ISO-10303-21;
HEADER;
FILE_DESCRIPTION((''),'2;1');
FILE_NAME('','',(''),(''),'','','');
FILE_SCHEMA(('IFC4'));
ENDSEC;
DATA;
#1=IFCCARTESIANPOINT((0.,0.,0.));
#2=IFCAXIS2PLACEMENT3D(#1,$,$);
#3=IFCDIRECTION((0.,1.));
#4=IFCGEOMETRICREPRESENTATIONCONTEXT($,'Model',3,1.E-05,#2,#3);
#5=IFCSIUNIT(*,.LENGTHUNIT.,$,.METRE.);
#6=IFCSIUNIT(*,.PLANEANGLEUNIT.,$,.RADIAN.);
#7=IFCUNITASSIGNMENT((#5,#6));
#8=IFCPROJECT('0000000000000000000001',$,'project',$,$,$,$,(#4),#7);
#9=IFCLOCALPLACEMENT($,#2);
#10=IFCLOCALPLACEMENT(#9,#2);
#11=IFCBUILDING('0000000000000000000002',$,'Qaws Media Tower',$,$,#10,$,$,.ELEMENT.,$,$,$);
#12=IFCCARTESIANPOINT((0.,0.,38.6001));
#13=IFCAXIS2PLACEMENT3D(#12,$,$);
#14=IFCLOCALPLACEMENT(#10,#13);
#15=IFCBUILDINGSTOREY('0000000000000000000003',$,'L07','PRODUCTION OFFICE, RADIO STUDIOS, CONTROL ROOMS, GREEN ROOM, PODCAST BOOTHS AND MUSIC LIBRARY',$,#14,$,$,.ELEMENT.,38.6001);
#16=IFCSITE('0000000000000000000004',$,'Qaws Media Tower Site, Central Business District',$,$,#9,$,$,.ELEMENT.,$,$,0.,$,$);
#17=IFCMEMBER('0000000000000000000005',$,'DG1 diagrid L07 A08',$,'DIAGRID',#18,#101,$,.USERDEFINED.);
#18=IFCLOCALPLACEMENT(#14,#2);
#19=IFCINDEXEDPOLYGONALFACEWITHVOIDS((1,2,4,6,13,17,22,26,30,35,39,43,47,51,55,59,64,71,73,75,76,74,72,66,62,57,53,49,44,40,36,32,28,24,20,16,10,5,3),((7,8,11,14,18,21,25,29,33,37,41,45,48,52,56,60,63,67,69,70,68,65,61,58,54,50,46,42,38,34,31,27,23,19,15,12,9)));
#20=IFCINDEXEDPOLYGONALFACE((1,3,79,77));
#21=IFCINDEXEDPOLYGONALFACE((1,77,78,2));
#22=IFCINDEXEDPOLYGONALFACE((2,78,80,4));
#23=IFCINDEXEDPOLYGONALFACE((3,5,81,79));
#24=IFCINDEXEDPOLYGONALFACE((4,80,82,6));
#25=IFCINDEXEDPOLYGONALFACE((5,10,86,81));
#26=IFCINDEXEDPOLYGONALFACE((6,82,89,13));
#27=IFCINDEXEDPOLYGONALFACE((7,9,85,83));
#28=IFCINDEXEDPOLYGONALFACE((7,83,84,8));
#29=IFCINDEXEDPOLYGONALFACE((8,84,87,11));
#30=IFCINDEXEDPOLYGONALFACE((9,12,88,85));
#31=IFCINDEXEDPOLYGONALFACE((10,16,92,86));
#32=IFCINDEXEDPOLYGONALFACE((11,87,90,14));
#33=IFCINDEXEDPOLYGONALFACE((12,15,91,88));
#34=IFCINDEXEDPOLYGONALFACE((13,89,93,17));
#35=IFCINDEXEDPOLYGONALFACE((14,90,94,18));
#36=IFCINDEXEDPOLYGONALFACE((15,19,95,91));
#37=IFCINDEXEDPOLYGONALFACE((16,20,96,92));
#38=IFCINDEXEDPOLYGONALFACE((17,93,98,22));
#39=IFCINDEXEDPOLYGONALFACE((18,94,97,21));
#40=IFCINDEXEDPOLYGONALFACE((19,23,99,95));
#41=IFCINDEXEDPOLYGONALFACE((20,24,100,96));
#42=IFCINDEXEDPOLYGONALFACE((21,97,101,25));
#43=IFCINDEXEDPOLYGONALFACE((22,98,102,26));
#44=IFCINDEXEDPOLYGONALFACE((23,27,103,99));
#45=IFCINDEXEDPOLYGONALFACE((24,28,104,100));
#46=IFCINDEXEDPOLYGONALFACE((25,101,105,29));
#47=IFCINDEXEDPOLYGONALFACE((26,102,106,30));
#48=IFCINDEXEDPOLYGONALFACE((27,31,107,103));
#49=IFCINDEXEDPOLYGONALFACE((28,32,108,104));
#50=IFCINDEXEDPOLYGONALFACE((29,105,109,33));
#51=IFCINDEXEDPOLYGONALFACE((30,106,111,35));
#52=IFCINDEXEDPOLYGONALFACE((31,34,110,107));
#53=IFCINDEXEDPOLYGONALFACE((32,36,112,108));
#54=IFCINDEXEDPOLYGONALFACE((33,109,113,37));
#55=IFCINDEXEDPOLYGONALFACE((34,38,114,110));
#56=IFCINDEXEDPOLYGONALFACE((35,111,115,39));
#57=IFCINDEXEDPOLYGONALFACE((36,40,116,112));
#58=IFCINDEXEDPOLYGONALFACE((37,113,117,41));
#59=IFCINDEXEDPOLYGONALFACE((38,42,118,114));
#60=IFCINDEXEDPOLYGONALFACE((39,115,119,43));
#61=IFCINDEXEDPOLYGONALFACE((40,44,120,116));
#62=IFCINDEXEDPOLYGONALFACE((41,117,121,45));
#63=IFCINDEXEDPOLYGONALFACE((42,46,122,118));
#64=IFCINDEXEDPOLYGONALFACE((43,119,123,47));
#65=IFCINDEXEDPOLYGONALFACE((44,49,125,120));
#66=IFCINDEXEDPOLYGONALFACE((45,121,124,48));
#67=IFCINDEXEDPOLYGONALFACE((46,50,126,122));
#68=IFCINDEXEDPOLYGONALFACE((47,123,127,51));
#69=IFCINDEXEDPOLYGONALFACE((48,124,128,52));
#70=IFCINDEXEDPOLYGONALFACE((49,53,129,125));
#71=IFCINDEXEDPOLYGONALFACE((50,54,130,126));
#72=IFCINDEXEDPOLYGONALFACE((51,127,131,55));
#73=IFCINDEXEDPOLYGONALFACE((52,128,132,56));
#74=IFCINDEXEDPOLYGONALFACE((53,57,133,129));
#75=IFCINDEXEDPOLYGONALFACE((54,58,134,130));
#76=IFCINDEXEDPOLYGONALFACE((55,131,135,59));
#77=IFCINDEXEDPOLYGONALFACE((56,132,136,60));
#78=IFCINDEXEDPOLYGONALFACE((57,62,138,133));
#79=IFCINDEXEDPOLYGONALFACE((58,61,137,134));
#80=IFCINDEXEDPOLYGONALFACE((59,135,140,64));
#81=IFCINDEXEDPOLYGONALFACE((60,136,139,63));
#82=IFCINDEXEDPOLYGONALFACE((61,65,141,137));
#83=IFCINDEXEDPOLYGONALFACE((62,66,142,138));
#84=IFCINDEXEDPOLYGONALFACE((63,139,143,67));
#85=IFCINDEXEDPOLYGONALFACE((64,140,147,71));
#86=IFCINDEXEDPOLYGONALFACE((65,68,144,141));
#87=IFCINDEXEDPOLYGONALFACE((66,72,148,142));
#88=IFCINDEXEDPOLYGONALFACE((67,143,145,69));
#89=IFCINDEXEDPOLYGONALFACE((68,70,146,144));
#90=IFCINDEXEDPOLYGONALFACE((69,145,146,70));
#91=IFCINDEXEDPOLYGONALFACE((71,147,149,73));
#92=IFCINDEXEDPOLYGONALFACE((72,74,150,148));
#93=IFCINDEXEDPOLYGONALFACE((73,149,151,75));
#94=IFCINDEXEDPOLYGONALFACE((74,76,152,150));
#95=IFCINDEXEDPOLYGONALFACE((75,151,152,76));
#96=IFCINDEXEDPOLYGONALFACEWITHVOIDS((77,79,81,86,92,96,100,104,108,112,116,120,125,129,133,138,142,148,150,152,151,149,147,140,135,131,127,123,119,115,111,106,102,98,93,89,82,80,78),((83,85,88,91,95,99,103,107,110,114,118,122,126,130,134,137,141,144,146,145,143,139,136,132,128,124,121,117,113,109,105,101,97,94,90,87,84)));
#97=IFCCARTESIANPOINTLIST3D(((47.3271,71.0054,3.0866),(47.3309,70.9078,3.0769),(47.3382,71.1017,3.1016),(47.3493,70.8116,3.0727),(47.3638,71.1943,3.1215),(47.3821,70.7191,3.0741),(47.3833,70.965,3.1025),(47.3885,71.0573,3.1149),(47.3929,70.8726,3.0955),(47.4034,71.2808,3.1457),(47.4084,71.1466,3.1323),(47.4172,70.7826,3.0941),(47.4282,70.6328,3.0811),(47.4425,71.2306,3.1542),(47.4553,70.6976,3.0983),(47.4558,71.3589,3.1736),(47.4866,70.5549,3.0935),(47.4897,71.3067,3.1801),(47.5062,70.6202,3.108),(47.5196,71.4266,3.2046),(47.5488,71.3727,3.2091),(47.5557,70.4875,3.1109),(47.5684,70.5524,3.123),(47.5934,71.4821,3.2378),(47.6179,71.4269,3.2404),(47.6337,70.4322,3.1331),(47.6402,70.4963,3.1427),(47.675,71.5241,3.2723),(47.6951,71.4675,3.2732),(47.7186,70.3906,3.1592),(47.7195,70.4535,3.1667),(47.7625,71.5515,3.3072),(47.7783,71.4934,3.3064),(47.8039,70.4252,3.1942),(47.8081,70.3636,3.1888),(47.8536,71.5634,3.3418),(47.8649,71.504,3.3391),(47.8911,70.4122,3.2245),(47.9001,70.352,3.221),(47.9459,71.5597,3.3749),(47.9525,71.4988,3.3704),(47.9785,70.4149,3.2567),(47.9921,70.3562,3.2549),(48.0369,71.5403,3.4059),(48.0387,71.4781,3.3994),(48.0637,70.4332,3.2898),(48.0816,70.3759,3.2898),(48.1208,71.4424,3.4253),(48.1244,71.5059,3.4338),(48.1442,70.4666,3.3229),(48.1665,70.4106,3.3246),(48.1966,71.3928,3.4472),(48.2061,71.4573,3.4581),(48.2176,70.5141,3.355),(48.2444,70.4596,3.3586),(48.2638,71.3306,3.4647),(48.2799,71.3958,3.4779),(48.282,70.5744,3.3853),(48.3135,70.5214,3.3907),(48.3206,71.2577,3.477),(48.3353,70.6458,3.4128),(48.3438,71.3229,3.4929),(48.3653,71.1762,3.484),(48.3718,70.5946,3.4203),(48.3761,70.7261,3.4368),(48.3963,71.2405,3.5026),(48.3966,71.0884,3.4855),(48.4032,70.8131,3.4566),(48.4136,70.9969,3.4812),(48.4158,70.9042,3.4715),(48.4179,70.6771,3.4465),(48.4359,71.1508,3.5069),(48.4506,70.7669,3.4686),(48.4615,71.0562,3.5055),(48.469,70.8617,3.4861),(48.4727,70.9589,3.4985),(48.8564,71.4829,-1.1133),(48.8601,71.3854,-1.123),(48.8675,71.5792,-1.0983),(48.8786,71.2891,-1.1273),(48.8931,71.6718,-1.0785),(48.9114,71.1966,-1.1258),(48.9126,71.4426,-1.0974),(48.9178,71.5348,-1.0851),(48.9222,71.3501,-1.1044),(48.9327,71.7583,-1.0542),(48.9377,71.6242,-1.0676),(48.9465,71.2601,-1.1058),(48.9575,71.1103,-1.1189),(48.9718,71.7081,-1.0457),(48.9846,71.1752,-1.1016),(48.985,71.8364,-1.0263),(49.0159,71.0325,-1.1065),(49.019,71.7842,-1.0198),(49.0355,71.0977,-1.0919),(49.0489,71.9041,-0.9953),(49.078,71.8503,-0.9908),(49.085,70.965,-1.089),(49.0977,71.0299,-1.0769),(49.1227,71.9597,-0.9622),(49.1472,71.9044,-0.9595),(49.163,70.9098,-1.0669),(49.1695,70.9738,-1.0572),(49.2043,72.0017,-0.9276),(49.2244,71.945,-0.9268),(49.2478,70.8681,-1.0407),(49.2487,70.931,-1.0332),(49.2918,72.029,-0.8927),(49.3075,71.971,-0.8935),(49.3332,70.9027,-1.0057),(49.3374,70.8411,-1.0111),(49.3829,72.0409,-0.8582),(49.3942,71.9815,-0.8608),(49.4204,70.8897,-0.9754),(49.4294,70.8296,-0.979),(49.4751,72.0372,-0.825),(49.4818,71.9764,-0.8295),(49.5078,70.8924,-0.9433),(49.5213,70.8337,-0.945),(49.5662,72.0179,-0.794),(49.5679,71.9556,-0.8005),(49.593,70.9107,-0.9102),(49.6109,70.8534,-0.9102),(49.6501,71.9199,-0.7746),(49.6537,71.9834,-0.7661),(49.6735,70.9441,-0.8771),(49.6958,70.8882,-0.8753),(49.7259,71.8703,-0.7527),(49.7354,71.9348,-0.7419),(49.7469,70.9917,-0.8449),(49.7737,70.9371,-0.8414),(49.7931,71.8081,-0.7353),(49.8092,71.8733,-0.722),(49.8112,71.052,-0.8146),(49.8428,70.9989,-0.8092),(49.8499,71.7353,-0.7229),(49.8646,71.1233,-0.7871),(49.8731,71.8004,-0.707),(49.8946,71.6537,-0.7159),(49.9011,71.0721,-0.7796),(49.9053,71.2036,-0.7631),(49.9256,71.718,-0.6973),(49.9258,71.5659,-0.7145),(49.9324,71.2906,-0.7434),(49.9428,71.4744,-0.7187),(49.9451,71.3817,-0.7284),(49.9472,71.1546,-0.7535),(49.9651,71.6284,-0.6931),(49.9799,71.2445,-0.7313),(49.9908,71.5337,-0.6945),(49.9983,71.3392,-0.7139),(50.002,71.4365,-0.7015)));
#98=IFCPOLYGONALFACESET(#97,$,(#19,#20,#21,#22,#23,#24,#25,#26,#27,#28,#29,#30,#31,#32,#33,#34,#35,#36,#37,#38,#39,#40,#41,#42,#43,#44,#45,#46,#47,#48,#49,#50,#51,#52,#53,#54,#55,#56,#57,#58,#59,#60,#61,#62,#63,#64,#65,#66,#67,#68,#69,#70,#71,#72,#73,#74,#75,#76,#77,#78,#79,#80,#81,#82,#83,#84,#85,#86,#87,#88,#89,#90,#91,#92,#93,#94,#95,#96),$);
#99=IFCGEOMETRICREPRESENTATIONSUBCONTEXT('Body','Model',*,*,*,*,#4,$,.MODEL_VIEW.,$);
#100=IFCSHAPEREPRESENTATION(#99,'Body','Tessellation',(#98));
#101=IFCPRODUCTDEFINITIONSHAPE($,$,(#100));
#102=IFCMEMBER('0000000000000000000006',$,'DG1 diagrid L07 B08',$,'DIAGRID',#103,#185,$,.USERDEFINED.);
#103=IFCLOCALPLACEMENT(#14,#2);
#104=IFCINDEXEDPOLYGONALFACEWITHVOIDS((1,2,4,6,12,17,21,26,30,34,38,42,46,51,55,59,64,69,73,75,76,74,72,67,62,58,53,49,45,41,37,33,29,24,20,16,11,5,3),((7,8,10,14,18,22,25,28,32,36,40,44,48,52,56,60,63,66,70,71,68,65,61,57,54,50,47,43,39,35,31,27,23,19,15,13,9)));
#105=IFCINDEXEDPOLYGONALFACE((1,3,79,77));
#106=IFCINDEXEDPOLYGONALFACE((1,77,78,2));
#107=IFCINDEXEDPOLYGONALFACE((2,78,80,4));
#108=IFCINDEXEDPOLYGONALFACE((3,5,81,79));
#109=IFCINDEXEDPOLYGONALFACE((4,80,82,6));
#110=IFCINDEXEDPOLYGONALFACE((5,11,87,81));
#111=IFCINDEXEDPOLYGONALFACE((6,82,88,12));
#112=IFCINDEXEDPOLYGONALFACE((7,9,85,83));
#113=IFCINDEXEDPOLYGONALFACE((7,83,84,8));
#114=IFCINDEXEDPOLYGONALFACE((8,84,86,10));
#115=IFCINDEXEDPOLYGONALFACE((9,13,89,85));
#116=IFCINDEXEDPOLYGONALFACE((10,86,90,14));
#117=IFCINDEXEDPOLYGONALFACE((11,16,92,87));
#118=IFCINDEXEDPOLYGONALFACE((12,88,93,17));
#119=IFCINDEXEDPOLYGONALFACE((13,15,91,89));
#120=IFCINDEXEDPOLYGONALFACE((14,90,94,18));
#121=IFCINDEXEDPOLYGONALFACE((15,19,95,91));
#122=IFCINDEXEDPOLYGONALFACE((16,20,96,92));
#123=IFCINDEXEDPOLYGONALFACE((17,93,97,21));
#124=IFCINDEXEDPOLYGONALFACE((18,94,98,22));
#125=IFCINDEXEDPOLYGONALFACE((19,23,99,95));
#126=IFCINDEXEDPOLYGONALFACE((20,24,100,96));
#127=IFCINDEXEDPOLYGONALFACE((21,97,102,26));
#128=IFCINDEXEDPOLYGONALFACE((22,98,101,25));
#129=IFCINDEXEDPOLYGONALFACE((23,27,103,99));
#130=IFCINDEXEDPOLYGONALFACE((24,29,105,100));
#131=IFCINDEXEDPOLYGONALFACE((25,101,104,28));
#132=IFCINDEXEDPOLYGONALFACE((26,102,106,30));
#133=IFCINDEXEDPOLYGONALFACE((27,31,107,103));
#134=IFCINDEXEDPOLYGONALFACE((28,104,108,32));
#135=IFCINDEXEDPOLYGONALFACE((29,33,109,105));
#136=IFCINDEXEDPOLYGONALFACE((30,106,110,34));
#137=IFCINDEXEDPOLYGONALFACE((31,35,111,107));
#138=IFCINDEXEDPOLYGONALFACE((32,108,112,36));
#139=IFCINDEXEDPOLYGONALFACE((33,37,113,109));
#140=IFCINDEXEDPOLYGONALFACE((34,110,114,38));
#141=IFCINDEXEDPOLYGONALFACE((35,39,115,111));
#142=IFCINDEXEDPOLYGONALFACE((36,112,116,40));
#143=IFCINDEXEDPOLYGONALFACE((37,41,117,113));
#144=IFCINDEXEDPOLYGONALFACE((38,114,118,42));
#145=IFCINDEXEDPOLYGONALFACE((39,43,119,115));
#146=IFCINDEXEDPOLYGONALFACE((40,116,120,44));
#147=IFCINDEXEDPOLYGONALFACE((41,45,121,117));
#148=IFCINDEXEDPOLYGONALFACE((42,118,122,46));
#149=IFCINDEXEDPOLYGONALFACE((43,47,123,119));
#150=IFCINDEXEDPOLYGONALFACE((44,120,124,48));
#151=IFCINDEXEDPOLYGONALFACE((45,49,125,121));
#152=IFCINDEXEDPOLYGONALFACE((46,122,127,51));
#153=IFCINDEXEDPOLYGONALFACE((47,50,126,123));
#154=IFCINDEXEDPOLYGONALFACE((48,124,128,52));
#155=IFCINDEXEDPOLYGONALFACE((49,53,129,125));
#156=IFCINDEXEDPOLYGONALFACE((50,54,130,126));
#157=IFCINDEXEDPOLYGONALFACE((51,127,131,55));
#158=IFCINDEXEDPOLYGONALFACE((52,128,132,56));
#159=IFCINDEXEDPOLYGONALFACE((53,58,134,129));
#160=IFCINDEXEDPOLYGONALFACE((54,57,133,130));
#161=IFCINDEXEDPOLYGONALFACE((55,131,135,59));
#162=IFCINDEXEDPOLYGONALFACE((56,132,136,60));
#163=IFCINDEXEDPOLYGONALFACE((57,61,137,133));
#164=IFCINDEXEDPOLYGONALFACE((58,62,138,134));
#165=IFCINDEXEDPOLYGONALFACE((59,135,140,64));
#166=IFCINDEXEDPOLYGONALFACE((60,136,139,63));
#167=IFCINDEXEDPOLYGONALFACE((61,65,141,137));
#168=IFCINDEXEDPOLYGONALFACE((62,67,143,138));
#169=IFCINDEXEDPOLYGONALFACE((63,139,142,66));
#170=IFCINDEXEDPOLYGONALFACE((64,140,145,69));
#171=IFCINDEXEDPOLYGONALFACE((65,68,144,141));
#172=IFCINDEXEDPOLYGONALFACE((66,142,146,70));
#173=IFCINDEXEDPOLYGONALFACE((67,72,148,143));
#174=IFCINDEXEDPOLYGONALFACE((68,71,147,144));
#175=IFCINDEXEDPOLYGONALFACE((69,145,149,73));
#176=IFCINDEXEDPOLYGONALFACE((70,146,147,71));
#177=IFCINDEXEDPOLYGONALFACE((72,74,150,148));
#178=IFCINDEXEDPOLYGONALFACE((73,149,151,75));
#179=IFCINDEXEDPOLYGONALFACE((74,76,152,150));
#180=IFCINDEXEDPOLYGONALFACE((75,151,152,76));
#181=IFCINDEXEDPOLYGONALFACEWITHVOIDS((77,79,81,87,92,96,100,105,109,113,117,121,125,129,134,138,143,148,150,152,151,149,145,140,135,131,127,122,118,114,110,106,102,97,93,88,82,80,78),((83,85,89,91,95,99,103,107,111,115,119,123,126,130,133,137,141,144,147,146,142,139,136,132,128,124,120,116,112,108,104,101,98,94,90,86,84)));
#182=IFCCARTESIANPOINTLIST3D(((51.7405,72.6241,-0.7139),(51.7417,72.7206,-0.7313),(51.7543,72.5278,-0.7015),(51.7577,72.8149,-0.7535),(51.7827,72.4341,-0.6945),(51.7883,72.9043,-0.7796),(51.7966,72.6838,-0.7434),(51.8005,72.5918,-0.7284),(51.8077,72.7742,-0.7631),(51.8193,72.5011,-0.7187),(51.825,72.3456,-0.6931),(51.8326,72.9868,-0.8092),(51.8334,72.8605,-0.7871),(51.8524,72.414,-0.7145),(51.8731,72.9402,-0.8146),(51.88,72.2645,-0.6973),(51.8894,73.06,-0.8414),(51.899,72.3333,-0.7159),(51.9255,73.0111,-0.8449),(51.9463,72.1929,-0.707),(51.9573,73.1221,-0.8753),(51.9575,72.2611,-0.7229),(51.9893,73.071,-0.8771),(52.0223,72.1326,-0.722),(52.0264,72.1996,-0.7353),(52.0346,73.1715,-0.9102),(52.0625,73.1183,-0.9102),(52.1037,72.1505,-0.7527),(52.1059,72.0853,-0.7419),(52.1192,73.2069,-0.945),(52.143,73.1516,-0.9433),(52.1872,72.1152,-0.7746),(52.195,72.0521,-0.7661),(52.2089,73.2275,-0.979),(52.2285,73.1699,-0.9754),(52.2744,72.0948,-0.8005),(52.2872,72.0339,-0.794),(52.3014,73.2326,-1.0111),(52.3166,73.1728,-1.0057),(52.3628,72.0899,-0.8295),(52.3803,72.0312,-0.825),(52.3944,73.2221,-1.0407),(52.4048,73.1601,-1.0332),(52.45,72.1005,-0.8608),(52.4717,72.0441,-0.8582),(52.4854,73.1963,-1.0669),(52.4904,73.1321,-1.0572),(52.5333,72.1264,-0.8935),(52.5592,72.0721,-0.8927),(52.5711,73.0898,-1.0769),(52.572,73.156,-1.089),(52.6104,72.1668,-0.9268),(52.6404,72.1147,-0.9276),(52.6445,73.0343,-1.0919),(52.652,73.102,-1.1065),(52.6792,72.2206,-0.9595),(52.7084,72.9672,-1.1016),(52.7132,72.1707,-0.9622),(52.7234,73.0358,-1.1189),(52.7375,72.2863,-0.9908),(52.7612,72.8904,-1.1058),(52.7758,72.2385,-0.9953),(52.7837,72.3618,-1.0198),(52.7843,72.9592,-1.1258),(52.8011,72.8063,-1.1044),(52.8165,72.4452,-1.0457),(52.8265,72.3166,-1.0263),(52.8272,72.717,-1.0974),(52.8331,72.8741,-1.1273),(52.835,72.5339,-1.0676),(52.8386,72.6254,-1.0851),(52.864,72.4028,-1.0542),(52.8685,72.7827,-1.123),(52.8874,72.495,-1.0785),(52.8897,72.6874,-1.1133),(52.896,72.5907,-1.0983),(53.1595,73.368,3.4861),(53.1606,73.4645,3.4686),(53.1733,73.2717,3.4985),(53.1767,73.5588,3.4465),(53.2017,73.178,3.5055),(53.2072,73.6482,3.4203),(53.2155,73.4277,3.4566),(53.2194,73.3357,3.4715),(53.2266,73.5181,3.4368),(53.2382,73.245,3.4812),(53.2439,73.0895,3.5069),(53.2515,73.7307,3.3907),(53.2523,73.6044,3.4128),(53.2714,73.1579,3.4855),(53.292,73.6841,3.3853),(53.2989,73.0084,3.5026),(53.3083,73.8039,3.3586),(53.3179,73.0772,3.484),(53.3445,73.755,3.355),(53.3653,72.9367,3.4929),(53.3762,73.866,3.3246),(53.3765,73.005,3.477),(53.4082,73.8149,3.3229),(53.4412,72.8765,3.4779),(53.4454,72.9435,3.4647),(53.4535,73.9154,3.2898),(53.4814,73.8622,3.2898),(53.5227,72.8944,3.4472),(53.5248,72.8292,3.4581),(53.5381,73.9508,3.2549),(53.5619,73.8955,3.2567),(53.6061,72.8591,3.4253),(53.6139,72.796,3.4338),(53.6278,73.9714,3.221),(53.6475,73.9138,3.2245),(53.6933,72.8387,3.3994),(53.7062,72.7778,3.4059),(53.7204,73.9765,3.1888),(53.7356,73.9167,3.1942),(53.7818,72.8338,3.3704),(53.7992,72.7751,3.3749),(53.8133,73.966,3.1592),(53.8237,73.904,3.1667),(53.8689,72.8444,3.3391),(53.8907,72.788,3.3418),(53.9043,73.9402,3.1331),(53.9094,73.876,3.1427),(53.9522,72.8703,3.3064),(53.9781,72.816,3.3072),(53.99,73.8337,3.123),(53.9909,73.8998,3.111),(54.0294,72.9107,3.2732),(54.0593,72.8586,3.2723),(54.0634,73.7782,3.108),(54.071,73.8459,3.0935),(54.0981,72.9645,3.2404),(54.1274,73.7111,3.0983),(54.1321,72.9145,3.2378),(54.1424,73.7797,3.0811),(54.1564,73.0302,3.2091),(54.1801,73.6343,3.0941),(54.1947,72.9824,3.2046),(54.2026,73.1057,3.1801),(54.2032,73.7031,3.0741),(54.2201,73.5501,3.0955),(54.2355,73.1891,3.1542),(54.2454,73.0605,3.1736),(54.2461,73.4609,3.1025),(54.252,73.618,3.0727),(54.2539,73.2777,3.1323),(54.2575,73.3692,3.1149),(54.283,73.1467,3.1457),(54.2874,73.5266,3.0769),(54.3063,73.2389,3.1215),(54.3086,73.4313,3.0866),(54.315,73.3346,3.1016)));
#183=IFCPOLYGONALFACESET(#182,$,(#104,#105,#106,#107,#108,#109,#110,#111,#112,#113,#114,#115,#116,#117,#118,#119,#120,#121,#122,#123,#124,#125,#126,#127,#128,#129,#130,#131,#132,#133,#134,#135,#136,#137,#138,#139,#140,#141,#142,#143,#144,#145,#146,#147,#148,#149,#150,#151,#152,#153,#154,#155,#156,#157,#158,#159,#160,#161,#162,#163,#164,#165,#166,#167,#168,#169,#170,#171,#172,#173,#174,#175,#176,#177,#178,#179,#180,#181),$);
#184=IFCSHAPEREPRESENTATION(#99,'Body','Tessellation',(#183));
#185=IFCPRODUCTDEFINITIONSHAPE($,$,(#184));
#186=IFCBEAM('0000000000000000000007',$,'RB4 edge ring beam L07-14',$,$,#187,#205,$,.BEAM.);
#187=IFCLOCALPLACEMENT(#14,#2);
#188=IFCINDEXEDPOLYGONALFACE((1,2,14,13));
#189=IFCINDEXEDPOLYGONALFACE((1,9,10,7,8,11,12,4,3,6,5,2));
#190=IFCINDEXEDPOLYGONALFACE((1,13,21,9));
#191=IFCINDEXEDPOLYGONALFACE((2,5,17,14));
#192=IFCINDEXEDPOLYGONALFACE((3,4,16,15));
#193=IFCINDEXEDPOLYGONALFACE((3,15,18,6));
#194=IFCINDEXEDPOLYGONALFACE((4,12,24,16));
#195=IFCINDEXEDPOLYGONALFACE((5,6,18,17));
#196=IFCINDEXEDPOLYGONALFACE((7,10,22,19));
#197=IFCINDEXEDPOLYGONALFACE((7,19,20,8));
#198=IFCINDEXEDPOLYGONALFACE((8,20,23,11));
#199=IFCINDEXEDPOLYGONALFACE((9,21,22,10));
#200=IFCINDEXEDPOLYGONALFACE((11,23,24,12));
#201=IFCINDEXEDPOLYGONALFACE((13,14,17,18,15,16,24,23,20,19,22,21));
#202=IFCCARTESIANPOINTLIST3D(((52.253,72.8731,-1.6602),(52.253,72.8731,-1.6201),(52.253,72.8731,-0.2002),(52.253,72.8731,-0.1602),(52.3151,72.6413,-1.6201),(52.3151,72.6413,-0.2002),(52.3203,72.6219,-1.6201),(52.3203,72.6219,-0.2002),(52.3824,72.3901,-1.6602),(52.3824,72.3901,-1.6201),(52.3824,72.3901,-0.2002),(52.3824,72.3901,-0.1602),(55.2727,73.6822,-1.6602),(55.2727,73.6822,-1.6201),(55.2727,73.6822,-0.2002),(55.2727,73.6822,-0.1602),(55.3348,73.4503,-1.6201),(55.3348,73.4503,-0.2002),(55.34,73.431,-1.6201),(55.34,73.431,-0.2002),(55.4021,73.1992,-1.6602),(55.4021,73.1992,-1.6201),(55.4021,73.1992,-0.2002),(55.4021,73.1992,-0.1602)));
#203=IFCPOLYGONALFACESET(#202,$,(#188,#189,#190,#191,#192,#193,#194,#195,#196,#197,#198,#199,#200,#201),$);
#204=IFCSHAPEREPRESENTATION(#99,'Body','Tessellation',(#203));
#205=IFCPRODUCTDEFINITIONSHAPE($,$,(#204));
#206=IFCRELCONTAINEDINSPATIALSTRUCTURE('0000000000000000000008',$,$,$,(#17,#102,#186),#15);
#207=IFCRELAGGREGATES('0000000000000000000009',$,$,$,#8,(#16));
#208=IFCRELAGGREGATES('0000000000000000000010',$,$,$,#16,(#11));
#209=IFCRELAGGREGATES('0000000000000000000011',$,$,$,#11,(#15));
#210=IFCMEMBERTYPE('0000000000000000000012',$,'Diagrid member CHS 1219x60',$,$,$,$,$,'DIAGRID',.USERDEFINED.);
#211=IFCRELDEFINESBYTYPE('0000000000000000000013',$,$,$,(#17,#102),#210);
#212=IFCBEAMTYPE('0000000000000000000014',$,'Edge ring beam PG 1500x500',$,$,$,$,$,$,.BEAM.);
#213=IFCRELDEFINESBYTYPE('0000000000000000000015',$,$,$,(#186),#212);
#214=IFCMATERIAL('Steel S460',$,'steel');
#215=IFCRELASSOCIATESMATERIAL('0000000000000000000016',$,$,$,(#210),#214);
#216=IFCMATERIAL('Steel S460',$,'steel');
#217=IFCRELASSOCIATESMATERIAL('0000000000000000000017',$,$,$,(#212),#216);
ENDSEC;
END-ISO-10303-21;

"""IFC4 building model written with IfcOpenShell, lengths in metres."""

from ifc_helpers import new_model, si_unit, direction, frame, origin, origin_2d, place, context, subcontext, project, spatial, hollow_circle, i_section, extrude, material, material_profile, profile_set, type_object, element, save


model = new_model("IFC4")

# Units and contexts
model_context = context("Model", 3, precision=1e-05, world=origin(), true_north=direction((0.0, 1.0)))
body_context = subcontext(model_context, "Body", "Model", "MODEL_VIEW")
ifc_project = project(units=[si_unit("LENGTHUNIT", "METRE"), si_unit("PLANEANGLEUNIT", "RADIAN")], contexts=[model_context])

# Site, building, storey
site_placement = place(None, origin())
site = spatial("IfcSite", under=ifc_project, at=site_placement, Name="Qaws Media Tower Site, Central Business District", CompositionType="ELEMENT", RefElevation=0.0)
building_placement = place(site_placement, origin())
building = spatial("IfcBuilding", under=site, at=building_placement, Name="Qaws Media Tower", CompositionType="ELEMENT")
storey_placement = place(building_placement, frame((0.0, 0.0, 38.6001)))
storey = spatial("IfcBuildingStorey", under=building, at=storey_placement, Name="L07", Description="PRODUCTION OFFICE, RADIO STUDIOS, CONTROL ROOMS, GREEN ROOM, PODCAST BOOTHS AND MUSIC LIBRARY", CompositionType="ELEMENT", Elevation=38.6001)

# Members
ifc_material_1 = material(Name="Steel S460", Category="steel")
ifc_material_profile_1 = material_profile(ifc_material_1, hollow_circle(Radius=0.6096, WallThickness=0.0601, at=origin_2d()), Name="CHS 1219x60")
ifc_profile_set_1 = profile_set([ifc_material_profile_1], Name="Steel S460")
member_type_1 = type_object("IfcMemberType", Name="Diagrid member CHS 1219x60", ElementType="DIAGRID", PredefinedType="USERDEFINED", material=ifc_profile_set_1)
for number, where, z_axis, x_axis, name in (
    (1, (49.4292, 71.4353, -0.9102), (-0.34021, -0.106234, 0.934329), (0.298067, -0.954545, 0.0), "DG1 diagrid L07 A08"),
    (2, (52.3176, 72.6316, -0.9102), (0.315661, 0.165489, 0.934329), (-0.46432, 0.885667, 0.0), "DG1 diagrid L07 B08"),
):
    element("IfcMember", number, at=place(storey_placement, frame(where, z_axis=z_axis, x_axis=x_axis)), inside=storey, type_object=member_type_1, Name=name, ObjectType="DIAGRID", PredefinedType="USERDEFINED", context=body_context, shape_type="SweptSolid", body=[
        extrude(hollow_circle(Radius=0.6096, WallThickness=0.0601, at=origin_2d()), origin(), (0.0, 0.0, 1.0), 4.4951),
    ])

# Beam
ifc_material_2 = material(Name="Steel S460", Category="steel")
ifc_material_profile_2 = material_profile(ifc_material_2, i_section(OverallWidth=0.5, OverallDepth=1.5, WebThickness=0.02, FlangeThickness=0.04, at=origin_2d()), Name="PG 1500x500")
ifc_profile_set_2 = profile_set([ifc_material_profile_2], Name="Steel S460")
beam_type_1 = type_object("IfcBeamType", Name="Edge ring beam PG 1500x500", PredefinedType="BEAM", material=ifc_profile_set_2)
beam_1_placement = place(storey_placement, frame((55.3374, 73.4407, -0.9102), z_axis=(-0.965931, -0.2588, 0.0), x_axis=(0.2588, -0.965931, 0.0)))
element("IfcBeam", 3, at=beam_1_placement, inside=storey, type_object=beam_type_1, Name="RB4 edge ring beam L07-14", PredefinedType="BEAM", context=body_context, shape_type="SweptSolid", body=[
    extrude(i_section(OverallWidth=0.5, OverallDepth=1.5, WebThickness=0.02, FlangeThickness=0.04, at=origin_2d()), origin(), (0.0, 0.0, 1.0), 3.1262),
])

save(model, "model.ifc")
